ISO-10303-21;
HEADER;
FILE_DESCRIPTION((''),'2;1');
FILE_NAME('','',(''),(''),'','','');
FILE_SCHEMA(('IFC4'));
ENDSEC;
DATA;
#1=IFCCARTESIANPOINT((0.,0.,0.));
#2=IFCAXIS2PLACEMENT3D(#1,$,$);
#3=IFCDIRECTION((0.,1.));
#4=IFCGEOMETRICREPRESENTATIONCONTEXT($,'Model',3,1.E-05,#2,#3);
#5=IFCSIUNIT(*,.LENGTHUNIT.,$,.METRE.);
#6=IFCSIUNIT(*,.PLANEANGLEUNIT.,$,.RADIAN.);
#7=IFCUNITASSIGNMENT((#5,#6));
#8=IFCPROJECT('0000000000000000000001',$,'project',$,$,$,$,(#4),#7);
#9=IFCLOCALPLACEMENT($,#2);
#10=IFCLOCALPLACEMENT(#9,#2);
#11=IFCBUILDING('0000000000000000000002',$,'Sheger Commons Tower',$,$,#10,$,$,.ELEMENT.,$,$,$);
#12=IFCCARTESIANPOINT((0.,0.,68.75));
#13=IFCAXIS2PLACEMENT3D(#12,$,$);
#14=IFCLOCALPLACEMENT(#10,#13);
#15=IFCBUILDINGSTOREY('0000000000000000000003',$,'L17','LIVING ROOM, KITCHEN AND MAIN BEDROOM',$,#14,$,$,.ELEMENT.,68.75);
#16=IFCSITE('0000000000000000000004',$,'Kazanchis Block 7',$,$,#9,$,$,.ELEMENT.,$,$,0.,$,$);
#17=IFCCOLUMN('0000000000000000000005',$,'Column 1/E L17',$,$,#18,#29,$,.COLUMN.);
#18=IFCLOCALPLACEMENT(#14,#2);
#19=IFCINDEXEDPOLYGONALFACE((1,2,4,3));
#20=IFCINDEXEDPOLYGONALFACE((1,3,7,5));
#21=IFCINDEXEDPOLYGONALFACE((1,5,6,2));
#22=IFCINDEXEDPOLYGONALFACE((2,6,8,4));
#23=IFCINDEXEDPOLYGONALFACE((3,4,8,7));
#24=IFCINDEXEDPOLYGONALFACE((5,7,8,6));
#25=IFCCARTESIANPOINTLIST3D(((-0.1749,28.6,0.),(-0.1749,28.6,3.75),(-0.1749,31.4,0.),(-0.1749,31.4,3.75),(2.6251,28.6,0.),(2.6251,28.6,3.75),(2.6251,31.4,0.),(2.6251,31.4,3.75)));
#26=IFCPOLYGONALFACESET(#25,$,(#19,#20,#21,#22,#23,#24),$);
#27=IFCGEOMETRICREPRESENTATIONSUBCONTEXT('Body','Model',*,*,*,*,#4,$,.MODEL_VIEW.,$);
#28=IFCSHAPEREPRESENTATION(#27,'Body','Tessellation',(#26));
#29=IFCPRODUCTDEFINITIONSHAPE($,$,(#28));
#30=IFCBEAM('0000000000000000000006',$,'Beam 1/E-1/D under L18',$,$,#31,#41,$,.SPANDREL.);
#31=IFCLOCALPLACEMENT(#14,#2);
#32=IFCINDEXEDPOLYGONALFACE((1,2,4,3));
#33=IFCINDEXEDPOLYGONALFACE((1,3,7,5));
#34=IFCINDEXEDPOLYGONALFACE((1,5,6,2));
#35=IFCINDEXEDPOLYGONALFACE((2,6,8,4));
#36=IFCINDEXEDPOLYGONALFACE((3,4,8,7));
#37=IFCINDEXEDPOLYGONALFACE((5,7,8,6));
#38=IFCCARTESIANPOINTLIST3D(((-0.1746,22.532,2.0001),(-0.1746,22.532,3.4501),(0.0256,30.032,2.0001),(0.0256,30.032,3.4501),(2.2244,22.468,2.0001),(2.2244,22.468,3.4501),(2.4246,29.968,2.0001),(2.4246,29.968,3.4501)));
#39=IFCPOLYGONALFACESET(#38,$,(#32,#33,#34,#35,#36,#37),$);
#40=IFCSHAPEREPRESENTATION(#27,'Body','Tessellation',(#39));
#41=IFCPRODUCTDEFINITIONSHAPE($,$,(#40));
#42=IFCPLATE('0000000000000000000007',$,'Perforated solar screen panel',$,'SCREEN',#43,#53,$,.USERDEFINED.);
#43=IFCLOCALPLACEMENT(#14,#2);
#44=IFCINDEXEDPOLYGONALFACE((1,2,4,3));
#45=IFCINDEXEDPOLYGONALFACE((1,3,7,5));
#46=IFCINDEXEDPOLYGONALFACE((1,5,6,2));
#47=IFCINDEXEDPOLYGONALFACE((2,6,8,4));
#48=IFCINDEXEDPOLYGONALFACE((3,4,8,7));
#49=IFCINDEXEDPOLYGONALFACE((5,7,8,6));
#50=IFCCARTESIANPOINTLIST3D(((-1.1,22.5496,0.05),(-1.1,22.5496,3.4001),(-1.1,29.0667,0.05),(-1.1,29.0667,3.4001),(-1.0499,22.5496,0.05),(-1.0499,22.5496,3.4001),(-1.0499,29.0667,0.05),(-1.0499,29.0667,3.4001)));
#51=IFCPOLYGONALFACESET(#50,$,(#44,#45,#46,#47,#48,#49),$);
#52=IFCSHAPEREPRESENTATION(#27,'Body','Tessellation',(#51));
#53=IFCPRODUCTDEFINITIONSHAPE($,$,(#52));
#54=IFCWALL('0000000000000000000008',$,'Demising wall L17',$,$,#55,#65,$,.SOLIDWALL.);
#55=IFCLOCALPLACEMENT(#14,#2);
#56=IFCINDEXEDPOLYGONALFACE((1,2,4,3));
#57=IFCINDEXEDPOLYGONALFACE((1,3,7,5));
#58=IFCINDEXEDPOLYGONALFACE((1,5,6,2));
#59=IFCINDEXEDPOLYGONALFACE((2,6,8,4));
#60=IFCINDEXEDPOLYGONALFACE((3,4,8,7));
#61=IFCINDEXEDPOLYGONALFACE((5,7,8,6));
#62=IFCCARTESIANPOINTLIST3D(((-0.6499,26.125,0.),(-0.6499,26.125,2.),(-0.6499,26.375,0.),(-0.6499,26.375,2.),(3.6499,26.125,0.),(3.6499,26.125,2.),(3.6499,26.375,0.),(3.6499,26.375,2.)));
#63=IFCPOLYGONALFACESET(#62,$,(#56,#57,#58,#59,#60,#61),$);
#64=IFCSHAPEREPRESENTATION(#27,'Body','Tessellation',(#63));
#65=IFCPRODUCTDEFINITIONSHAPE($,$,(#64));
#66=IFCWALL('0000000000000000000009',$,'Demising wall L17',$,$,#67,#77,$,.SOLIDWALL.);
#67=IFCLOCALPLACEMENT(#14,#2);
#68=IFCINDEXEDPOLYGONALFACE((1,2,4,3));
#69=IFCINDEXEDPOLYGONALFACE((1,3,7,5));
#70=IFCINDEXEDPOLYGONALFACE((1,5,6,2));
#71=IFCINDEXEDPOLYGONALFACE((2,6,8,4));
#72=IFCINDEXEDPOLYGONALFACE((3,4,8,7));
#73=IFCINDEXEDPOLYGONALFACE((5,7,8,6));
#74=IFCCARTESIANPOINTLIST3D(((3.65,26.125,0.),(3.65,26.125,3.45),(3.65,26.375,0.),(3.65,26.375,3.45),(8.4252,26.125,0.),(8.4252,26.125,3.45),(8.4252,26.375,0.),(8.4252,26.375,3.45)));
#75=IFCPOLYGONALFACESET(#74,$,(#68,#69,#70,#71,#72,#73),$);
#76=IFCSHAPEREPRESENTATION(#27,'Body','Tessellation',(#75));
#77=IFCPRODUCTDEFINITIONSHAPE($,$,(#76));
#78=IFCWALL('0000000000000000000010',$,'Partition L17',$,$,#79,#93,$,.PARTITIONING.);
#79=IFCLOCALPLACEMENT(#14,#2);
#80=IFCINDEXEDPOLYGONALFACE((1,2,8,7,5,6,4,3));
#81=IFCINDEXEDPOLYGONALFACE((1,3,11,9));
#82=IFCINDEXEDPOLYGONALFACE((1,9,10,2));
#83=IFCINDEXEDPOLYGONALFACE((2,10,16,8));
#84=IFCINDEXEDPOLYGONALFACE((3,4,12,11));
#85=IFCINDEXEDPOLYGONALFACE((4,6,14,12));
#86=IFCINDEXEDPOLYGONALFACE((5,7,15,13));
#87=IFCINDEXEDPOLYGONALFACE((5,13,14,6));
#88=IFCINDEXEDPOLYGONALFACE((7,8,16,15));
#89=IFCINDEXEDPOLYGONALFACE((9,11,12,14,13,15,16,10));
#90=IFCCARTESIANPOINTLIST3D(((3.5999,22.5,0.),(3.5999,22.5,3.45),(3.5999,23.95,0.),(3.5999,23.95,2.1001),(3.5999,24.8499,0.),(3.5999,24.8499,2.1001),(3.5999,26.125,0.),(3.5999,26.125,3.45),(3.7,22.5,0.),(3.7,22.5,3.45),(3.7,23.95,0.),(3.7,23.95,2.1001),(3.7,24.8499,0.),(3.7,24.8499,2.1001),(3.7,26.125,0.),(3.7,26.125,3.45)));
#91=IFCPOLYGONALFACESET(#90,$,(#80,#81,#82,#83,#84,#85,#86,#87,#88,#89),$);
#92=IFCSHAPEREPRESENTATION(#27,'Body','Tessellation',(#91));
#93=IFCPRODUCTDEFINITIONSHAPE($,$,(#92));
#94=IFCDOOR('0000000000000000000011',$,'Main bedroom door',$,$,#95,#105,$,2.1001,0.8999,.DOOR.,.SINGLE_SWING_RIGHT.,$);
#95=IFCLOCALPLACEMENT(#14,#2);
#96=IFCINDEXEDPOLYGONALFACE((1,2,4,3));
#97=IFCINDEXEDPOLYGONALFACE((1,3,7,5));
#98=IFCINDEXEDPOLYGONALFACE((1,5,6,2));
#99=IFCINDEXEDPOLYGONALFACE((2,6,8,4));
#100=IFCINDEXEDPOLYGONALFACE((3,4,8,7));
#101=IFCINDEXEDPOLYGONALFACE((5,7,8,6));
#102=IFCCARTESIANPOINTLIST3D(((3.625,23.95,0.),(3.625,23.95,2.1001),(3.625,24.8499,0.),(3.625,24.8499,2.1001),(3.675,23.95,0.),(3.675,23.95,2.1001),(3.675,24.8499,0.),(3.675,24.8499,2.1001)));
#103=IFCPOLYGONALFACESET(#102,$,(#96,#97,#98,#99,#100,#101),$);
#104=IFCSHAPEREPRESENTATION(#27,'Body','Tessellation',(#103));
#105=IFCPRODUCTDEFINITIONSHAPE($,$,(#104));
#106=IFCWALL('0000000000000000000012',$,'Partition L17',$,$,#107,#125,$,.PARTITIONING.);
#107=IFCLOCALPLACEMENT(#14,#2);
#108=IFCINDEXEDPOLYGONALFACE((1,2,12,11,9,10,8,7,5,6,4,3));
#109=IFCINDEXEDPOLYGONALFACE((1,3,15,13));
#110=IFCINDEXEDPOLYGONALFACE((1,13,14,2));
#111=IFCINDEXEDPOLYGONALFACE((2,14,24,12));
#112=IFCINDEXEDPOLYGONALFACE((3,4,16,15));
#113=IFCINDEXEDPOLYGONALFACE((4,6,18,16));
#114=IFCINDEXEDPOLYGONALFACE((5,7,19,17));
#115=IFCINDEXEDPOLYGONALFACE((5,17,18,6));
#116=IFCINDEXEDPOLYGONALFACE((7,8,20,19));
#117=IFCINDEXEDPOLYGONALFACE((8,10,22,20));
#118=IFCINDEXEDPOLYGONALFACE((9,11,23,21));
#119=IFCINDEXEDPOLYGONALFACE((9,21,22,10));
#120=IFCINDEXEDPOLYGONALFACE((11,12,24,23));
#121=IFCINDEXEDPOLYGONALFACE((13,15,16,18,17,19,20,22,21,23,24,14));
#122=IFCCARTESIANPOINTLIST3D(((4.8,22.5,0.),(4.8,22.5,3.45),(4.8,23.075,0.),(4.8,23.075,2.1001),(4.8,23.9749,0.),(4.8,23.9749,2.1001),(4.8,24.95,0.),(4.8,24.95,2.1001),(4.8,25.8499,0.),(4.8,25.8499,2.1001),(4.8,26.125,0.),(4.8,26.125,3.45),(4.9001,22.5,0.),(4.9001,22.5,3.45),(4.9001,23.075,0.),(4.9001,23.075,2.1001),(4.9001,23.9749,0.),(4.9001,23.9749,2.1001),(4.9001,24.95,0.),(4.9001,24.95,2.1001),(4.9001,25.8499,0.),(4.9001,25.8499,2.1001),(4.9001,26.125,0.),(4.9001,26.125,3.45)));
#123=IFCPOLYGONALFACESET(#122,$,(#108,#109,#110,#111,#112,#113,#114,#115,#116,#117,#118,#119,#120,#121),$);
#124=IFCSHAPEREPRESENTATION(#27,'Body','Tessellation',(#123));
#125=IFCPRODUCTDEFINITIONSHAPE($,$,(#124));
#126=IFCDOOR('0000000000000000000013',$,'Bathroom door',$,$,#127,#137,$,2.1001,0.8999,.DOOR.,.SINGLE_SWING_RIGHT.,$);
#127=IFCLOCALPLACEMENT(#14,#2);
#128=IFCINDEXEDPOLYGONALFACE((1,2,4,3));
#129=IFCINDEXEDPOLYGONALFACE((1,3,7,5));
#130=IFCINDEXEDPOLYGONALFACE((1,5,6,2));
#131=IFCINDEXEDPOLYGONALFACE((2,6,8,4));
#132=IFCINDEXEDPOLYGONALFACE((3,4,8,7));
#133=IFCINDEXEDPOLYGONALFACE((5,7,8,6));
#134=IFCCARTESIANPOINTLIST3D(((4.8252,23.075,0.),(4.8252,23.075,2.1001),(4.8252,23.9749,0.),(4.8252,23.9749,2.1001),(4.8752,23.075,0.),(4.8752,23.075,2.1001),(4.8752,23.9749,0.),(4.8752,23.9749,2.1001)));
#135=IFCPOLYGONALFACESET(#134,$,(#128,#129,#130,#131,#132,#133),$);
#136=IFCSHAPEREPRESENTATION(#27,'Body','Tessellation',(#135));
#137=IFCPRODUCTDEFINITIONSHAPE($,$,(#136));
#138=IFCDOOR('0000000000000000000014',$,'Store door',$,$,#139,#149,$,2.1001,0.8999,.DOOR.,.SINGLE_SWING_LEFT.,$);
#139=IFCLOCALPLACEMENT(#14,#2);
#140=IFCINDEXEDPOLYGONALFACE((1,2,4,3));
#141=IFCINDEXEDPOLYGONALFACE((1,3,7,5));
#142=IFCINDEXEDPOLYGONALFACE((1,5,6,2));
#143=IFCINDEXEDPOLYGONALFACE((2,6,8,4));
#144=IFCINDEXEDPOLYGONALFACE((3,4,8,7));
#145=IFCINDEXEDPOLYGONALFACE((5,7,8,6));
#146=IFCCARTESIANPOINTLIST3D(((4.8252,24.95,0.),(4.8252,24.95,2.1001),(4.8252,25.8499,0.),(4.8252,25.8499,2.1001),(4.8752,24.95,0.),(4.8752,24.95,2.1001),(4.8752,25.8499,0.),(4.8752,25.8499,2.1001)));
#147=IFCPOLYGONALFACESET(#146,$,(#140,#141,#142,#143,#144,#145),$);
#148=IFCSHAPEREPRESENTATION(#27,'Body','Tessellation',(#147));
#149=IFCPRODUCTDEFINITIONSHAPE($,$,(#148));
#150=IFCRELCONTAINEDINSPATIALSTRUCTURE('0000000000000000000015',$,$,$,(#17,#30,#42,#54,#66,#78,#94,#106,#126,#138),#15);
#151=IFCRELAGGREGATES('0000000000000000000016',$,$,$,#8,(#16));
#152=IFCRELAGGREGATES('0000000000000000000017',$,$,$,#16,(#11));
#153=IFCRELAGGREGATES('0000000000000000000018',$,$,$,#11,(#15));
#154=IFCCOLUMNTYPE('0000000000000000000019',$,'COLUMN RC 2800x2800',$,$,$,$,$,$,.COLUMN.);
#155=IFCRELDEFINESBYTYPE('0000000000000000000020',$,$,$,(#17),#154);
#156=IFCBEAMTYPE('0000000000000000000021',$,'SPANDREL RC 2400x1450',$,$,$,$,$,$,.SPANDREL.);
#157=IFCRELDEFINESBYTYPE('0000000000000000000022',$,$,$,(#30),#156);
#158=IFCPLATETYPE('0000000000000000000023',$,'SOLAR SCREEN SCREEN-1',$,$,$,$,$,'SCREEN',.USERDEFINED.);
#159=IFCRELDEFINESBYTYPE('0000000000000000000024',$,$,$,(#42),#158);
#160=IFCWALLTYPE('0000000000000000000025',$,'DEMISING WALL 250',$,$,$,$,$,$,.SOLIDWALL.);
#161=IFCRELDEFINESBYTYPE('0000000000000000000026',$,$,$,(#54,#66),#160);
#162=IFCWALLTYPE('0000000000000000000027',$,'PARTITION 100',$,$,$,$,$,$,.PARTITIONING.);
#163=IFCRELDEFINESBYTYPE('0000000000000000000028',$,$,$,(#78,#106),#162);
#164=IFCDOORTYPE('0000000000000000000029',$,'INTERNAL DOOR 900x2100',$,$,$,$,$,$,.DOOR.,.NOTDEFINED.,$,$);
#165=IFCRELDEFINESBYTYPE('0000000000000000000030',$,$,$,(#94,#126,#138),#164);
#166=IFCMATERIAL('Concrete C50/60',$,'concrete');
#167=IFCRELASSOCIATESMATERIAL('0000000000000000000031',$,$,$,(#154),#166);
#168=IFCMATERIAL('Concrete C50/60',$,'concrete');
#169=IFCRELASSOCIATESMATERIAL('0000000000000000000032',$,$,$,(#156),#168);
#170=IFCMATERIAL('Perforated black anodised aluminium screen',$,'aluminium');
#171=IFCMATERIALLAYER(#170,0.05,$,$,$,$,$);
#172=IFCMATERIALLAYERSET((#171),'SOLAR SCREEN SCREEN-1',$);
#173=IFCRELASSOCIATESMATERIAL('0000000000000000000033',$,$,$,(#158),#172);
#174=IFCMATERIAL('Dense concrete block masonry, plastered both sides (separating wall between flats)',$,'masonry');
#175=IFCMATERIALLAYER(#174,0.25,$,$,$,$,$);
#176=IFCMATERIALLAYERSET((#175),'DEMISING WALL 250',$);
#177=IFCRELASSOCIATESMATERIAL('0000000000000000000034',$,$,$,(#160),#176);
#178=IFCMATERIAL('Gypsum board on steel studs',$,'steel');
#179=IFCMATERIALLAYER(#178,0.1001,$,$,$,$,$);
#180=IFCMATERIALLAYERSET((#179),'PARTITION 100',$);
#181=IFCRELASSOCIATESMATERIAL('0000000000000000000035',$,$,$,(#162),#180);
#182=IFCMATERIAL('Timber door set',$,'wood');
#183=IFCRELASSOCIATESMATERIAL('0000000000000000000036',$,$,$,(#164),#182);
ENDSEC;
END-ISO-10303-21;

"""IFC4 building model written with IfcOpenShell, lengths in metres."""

from ifc_helpers import new_model, si_unit, direction, frame, frame_2d, origin, origin_2d, place, context, subcontext, project, spatial, rectangle, extrude, material, layer, layer_set, material_profile, profile_set, type_object, element, fill, save


model = new_model("IFC4")

# Units and contexts
model_context = context("Model", 3, precision=1e-05, world=origin(), true_north=direction((0.0, 1.0)))
body_context = subcontext(model_context, "Body", "Model", "MODEL_VIEW")
ifc_project = project(units=[si_unit("LENGTHUNIT", "METRE"), si_unit("PLANEANGLEUNIT", "RADIAN")], contexts=[model_context])

# Site, building, storey
site_placement = place(None, origin())
site = spatial("IfcSite", under=ifc_project, at=site_placement, Name="Kazanchis Block 7", CompositionType="ELEMENT", RefElevation=0.0)
building_placement = place(site_placement, origin())
building = spatial("IfcBuilding", under=site, at=building_placement, Name="Sheger Commons Tower", CompositionType="ELEMENT")
storey_placement = place(building_placement, frame((0.0, 0.0, 68.75)))
storey = spatial("IfcBuildingStorey", under=building, at=storey_placement, Name="L17", Description="LIVING ROOM, KITCHEN AND MAIN BEDROOM", CompositionType="ELEMENT", Elevation=68.75)

# Column
ifc_material_1 = material(Name="Concrete C50/60", Category="concrete")
ifc_material_profile_1 = material_profile(ifc_material_1, rectangle(XDim=2.8, YDim=2.8, at=origin_2d()), Name="RC 2800x2800")
ifc_profile_set_1 = profile_set([ifc_material_profile_1], Name="Concrete C50/60")
column_type = type_object("IfcColumnType", Name="COLUMN RC 2800x2800", PredefinedType="COLUMN", material=ifc_profile_set_1)
column_placement = place(storey_placement, frame((1.2251, 30.0, 0.0), z_axis=(0.0, 0.0, 1.0), x_axis=(1.0, 0.0, 0.0)))
element("IfcColumn", 1, at=column_placement, inside=storey, type_object=column_type, Name="Column 1/E L17", PredefinedType="COLUMN", context=body_context, shape_type="SweptSolid", body=[
    extrude(rectangle(XDim=2.8, YDim=2.8, at=origin_2d()), origin(), (0.0, 0.0, 1.0), 3.75),
])

# Beam
ifc_material_2 = material(Name="Concrete C50/60", Category="concrete")
ifc_material_profile_2 = material_profile(ifc_material_2, rectangle(XDim=2.3999, YDim=1.45, at=origin_2d()), Name="RC 2400x1450")
ifc_profile_set_2 = profile_set([ifc_material_profile_2], Name="Concrete C50/60")
beam_type = type_object("IfcBeamType", Name="SPANDREL RC 2400x1450", PredefinedType="SPANDREL", material=ifc_profile_set_2)
beam_placement = place(storey_placement, frame((1.2251, 30.0, 2.7251), z_axis=(-0.026683, -0.999644, 0.0), x_axis=(0.999644, -0.026683, 0.0)))
element("IfcBeam", 2, at=beam_placement, inside=storey, type_object=beam_type, Name="Beam 1/E-1/D under L18", PredefinedType="SPANDREL", context=body_context, shape_type="SweptSolid", body=[
    extrude(rectangle(XDim=2.3999, YDim=1.45, at=origin_2d()), origin(), (0.0, 0.0, 1.0), 7.5027),
])

# Plate
ifc_material_3 = material(Name="Perforated black anodised aluminium screen", Category="aluminium")
ifc_layer_1 = layer(ifc_material_3, 0.05)
ifc_layer_set_1 = layer_set([ifc_layer_1], Name="SOLAR SCREEN SCREEN-1")
plate_type = type_object("IfcPlateType", Name="SOLAR SCREEN SCREEN-1", ElementType="SCREEN", PredefinedType="USERDEFINED", material=ifc_layer_set_1)
plate_placement = place(storey_placement, frame((-1.075, 25.8081, 0.05), z_axis=(0.0, 0.0, 1.0), x_axis=(0.0, -1.0, 0.0)))
element("IfcPlate", 3, at=plate_placement, inside=storey, type_object=plate_type, Name="Perforated solar screen panel", ObjectType="SCREEN", PredefinedType="USERDEFINED", context=body_context, shape_type="SweptSolid", body=[
    extrude(rectangle(XDim=6.5171, YDim=0.05, at=origin_2d()), origin(), (0.0, 0.0, 1.0), 3.3501),
])

# Walls
ifc_material_4 = material(Name="Dense concrete block masonry, plastered both sides (separating wall between flats)", Category="masonry")
ifc_layer_2 = layer(ifc_material_4, 0.25)
ifc_layer_set_2 = layer_set([ifc_layer_2], Name="DEMISING WALL 250")
wall_type_1 = type_object("IfcWallType", Name="DEMISING WALL 250", PredefinedType="SOLIDWALL", material=ifc_layer_set_2)
wall_1_placement = place(storey_placement, frame((-0.6499, 26.25, 0.0), z_axis=(0.0, 0.0, 1.0), x_axis=(1.0, 0.0, 0.0)))
element("IfcWall", 4, at=wall_1_placement, inside=storey, type_object=wall_type_1, Name="Demising wall L17", PredefinedType="SOLIDWALL", context=body_context, shape_type="SweptSolid", body=[
    extrude(rectangle(XDim=4.2998, YDim=0.25, at=frame_2d((2.1499, 0.0))), origin(), (0.0, 0.0, 1.0), 2.0),
])
wall_2_placement = place(storey_placement, frame((3.6499, 26.25, 0.0), z_axis=(0.0, 0.0, 1.0), x_axis=(1.0, 0.0, 0.0)))
element("IfcWall", 5, at=wall_2_placement, inside=storey, type_object=wall_type_1, Name="Demising wall L17", PredefinedType="SOLIDWALL", context=body_context, shape_type="SweptSolid", body=[
    extrude(rectangle(XDim=4.7751, YDim=0.25, at=frame_2d((2.3877, 0.0))), origin(), (0.0, 0.0, 1.0), 3.45),
])

# Wall, opening, door
ifc_material_5 = material(Name="Gypsum board on steel studs", Category="steel")
ifc_layer_3 = layer(ifc_material_5, 0.1001)
ifc_layer_set_3 = layer_set([ifc_layer_3], Name="PARTITION 100")
wall_type_2 = type_object("IfcWallType", Name="PARTITION 100", PredefinedType="PARTITIONING", material=ifc_layer_set_3)
wall_3_placement = place(storey_placement, frame((3.6499, 22.5, 0.0), z_axis=(0.0, 0.0, 1.0), x_axis=(0.0, 1.0, 0.0)))
wall_3 = element("IfcWall", 6, at=wall_3_placement, inside=storey, type_object=wall_type_2, Name="Partition L17", PredefinedType="PARTITIONING", context=body_context, shape_type="SweptSolid", body=[
    extrude(rectangle(XDim=3.625, YDim=0.1001, at=frame_2d((1.8125, 0.0))), origin(), (0.0, 0.0, 1.0), 3.45),
])
opening_1_placement = place(wall_3_placement, frame((1.45, 0.0, 0.0)))
opening_1 = element("IfcOpeningElement", 7, at=opening_1_placement, cuts=wall_3, PredefinedType="OPENING", context=body_context, shape_type="SweptSolid", body=[
    extrude(rectangle(XDim=0.8999, YDim=2.1001, at=frame_2d((0.45, 1.05))), frame((0.0, 0.0601, 0.0), z_axis=(0.0, -1.0, 0.0), x_axis=(1.0, 0.0, 0.0)), (0.0, 0.0, 1.0), 0.1201),
])
ifc_material_6 = material(Name="Timber door set", Category="wood")
door_type = type_object("IfcDoorType", Name="INTERNAL DOOR 900x2100", OperationType="NOTDEFINED", PredefinedType="DOOR", material=ifc_material_6)
door_1_placement = place(opening_1_placement, origin())
door_1 = element("IfcDoor", 8, at=door_1_placement, inside=storey, type_object=door_type, Name="Main bedroom door", OperationType="SINGLE_SWING_RIGHT", OverallHeight=2.1001, OverallWidth=0.8999, PredefinedType="DOOR", context=body_context, shape_type="SweptSolid", body=[
    extrude(rectangle(XDim=0.8999, YDim=2.1001, at=frame_2d((0.45, 1.05))), frame((0.0, 0.0249, 0.0), z_axis=(0.0, -1.0, 0.0), x_axis=(1.0, 0.0, 0.0)), (0.0, 0.0, 1.0), 0.05),
])
fill(opening_1, door_1)

# Wall, openings, doors
wall_4_placement = place(storey_placement, frame((4.8501, 22.5, 0.0), z_axis=(0.0, 0.0, 1.0), x_axis=(0.0, 1.0, 0.0)))
wall_4 = element("IfcWall", 9, at=wall_4_placement, inside=storey, type_object=wall_type_2, Name="Partition L17", PredefinedType="PARTITIONING", context=body_context, shape_type="SweptSolid", body=[
    extrude(rectangle(XDim=3.625, YDim=0.1001, at=frame_2d((1.8125, 0.0))), origin(), (0.0, 0.0, 1.0), 3.45),
])
opening_2_placement = place(wall_4_placement, frame((0.575, 0.0, 0.0)))
opening_2 = element("IfcOpeningElement", 10, at=opening_2_placement, cuts=wall_4, PredefinedType="OPENING", context=body_context, shape_type="SweptSolid", body=[
    extrude(rectangle(XDim=0.8999, YDim=2.1001, at=frame_2d((0.45, 1.05))), frame((0.0, 0.0601, 0.0), z_axis=(0.0, -1.0, 0.0), x_axis=(1.0, 0.0, 0.0)), (0.0, 0.0, 1.0), 0.1201),
])
opening_3_placement = place(wall_4_placement, frame((2.45, 0.0, 0.0)))
opening_3 = element("IfcOpeningElement", 11, at=opening_3_placement, cuts=wall_4, PredefinedType="OPENING", context=body_context, shape_type="SweptSolid", body=[
    extrude(rectangle(XDim=0.8999, YDim=2.1001, at=frame_2d((0.45, 1.05))), frame((0.0, 0.0601, 0.0), z_axis=(0.0, -1.0, 0.0), x_axis=(1.0, 0.0, 0.0)), (0.0, 0.0, 1.0), 0.1201),
])
door_2_placement = place(opening_2_placement, origin())
door_2 = element("IfcDoor", 12, at=door_2_placement, inside=storey, type_object=door_type, Name="Bathroom door", OperationType="SINGLE_SWING_RIGHT", OverallHeight=2.1001, OverallWidth=0.8999, PredefinedType="DOOR", context=body_context, shape_type="SweptSolid", body=[
    extrude(rectangle(XDim=0.8999, YDim=2.1001, at=frame_2d((0.45, 1.05))), frame((0.0, 0.0249, 0.0), z_axis=(0.0, -1.0, 0.0), x_axis=(1.0, 0.0, 0.0)), (0.0, 0.0, 1.0), 0.05),
])
fill(opening_2, door_2)
door_3_placement = place(opening_3_placement, origin())
door_3 = element("IfcDoor", 13, at=door_3_placement, inside=storey, type_object=door_type, Name="Store door", OperationType="SINGLE_SWING_LEFT", OverallHeight=2.1001, OverallWidth=0.8999, PredefinedType="DOOR", context=body_context, shape_type="SweptSolid", body=[
    extrude(rectangle(XDim=0.8999, YDim=2.1001, at=frame_2d((0.45, 1.05))), frame((0.0, 0.0249, 0.0), z_axis=(0.0, -1.0, 0.0), x_axis=(1.0, 0.0, 0.0)), (0.0, 0.0, 1.0), 0.05),
])
fill(opening_3, door_3)

save(model, "model.ifc")
